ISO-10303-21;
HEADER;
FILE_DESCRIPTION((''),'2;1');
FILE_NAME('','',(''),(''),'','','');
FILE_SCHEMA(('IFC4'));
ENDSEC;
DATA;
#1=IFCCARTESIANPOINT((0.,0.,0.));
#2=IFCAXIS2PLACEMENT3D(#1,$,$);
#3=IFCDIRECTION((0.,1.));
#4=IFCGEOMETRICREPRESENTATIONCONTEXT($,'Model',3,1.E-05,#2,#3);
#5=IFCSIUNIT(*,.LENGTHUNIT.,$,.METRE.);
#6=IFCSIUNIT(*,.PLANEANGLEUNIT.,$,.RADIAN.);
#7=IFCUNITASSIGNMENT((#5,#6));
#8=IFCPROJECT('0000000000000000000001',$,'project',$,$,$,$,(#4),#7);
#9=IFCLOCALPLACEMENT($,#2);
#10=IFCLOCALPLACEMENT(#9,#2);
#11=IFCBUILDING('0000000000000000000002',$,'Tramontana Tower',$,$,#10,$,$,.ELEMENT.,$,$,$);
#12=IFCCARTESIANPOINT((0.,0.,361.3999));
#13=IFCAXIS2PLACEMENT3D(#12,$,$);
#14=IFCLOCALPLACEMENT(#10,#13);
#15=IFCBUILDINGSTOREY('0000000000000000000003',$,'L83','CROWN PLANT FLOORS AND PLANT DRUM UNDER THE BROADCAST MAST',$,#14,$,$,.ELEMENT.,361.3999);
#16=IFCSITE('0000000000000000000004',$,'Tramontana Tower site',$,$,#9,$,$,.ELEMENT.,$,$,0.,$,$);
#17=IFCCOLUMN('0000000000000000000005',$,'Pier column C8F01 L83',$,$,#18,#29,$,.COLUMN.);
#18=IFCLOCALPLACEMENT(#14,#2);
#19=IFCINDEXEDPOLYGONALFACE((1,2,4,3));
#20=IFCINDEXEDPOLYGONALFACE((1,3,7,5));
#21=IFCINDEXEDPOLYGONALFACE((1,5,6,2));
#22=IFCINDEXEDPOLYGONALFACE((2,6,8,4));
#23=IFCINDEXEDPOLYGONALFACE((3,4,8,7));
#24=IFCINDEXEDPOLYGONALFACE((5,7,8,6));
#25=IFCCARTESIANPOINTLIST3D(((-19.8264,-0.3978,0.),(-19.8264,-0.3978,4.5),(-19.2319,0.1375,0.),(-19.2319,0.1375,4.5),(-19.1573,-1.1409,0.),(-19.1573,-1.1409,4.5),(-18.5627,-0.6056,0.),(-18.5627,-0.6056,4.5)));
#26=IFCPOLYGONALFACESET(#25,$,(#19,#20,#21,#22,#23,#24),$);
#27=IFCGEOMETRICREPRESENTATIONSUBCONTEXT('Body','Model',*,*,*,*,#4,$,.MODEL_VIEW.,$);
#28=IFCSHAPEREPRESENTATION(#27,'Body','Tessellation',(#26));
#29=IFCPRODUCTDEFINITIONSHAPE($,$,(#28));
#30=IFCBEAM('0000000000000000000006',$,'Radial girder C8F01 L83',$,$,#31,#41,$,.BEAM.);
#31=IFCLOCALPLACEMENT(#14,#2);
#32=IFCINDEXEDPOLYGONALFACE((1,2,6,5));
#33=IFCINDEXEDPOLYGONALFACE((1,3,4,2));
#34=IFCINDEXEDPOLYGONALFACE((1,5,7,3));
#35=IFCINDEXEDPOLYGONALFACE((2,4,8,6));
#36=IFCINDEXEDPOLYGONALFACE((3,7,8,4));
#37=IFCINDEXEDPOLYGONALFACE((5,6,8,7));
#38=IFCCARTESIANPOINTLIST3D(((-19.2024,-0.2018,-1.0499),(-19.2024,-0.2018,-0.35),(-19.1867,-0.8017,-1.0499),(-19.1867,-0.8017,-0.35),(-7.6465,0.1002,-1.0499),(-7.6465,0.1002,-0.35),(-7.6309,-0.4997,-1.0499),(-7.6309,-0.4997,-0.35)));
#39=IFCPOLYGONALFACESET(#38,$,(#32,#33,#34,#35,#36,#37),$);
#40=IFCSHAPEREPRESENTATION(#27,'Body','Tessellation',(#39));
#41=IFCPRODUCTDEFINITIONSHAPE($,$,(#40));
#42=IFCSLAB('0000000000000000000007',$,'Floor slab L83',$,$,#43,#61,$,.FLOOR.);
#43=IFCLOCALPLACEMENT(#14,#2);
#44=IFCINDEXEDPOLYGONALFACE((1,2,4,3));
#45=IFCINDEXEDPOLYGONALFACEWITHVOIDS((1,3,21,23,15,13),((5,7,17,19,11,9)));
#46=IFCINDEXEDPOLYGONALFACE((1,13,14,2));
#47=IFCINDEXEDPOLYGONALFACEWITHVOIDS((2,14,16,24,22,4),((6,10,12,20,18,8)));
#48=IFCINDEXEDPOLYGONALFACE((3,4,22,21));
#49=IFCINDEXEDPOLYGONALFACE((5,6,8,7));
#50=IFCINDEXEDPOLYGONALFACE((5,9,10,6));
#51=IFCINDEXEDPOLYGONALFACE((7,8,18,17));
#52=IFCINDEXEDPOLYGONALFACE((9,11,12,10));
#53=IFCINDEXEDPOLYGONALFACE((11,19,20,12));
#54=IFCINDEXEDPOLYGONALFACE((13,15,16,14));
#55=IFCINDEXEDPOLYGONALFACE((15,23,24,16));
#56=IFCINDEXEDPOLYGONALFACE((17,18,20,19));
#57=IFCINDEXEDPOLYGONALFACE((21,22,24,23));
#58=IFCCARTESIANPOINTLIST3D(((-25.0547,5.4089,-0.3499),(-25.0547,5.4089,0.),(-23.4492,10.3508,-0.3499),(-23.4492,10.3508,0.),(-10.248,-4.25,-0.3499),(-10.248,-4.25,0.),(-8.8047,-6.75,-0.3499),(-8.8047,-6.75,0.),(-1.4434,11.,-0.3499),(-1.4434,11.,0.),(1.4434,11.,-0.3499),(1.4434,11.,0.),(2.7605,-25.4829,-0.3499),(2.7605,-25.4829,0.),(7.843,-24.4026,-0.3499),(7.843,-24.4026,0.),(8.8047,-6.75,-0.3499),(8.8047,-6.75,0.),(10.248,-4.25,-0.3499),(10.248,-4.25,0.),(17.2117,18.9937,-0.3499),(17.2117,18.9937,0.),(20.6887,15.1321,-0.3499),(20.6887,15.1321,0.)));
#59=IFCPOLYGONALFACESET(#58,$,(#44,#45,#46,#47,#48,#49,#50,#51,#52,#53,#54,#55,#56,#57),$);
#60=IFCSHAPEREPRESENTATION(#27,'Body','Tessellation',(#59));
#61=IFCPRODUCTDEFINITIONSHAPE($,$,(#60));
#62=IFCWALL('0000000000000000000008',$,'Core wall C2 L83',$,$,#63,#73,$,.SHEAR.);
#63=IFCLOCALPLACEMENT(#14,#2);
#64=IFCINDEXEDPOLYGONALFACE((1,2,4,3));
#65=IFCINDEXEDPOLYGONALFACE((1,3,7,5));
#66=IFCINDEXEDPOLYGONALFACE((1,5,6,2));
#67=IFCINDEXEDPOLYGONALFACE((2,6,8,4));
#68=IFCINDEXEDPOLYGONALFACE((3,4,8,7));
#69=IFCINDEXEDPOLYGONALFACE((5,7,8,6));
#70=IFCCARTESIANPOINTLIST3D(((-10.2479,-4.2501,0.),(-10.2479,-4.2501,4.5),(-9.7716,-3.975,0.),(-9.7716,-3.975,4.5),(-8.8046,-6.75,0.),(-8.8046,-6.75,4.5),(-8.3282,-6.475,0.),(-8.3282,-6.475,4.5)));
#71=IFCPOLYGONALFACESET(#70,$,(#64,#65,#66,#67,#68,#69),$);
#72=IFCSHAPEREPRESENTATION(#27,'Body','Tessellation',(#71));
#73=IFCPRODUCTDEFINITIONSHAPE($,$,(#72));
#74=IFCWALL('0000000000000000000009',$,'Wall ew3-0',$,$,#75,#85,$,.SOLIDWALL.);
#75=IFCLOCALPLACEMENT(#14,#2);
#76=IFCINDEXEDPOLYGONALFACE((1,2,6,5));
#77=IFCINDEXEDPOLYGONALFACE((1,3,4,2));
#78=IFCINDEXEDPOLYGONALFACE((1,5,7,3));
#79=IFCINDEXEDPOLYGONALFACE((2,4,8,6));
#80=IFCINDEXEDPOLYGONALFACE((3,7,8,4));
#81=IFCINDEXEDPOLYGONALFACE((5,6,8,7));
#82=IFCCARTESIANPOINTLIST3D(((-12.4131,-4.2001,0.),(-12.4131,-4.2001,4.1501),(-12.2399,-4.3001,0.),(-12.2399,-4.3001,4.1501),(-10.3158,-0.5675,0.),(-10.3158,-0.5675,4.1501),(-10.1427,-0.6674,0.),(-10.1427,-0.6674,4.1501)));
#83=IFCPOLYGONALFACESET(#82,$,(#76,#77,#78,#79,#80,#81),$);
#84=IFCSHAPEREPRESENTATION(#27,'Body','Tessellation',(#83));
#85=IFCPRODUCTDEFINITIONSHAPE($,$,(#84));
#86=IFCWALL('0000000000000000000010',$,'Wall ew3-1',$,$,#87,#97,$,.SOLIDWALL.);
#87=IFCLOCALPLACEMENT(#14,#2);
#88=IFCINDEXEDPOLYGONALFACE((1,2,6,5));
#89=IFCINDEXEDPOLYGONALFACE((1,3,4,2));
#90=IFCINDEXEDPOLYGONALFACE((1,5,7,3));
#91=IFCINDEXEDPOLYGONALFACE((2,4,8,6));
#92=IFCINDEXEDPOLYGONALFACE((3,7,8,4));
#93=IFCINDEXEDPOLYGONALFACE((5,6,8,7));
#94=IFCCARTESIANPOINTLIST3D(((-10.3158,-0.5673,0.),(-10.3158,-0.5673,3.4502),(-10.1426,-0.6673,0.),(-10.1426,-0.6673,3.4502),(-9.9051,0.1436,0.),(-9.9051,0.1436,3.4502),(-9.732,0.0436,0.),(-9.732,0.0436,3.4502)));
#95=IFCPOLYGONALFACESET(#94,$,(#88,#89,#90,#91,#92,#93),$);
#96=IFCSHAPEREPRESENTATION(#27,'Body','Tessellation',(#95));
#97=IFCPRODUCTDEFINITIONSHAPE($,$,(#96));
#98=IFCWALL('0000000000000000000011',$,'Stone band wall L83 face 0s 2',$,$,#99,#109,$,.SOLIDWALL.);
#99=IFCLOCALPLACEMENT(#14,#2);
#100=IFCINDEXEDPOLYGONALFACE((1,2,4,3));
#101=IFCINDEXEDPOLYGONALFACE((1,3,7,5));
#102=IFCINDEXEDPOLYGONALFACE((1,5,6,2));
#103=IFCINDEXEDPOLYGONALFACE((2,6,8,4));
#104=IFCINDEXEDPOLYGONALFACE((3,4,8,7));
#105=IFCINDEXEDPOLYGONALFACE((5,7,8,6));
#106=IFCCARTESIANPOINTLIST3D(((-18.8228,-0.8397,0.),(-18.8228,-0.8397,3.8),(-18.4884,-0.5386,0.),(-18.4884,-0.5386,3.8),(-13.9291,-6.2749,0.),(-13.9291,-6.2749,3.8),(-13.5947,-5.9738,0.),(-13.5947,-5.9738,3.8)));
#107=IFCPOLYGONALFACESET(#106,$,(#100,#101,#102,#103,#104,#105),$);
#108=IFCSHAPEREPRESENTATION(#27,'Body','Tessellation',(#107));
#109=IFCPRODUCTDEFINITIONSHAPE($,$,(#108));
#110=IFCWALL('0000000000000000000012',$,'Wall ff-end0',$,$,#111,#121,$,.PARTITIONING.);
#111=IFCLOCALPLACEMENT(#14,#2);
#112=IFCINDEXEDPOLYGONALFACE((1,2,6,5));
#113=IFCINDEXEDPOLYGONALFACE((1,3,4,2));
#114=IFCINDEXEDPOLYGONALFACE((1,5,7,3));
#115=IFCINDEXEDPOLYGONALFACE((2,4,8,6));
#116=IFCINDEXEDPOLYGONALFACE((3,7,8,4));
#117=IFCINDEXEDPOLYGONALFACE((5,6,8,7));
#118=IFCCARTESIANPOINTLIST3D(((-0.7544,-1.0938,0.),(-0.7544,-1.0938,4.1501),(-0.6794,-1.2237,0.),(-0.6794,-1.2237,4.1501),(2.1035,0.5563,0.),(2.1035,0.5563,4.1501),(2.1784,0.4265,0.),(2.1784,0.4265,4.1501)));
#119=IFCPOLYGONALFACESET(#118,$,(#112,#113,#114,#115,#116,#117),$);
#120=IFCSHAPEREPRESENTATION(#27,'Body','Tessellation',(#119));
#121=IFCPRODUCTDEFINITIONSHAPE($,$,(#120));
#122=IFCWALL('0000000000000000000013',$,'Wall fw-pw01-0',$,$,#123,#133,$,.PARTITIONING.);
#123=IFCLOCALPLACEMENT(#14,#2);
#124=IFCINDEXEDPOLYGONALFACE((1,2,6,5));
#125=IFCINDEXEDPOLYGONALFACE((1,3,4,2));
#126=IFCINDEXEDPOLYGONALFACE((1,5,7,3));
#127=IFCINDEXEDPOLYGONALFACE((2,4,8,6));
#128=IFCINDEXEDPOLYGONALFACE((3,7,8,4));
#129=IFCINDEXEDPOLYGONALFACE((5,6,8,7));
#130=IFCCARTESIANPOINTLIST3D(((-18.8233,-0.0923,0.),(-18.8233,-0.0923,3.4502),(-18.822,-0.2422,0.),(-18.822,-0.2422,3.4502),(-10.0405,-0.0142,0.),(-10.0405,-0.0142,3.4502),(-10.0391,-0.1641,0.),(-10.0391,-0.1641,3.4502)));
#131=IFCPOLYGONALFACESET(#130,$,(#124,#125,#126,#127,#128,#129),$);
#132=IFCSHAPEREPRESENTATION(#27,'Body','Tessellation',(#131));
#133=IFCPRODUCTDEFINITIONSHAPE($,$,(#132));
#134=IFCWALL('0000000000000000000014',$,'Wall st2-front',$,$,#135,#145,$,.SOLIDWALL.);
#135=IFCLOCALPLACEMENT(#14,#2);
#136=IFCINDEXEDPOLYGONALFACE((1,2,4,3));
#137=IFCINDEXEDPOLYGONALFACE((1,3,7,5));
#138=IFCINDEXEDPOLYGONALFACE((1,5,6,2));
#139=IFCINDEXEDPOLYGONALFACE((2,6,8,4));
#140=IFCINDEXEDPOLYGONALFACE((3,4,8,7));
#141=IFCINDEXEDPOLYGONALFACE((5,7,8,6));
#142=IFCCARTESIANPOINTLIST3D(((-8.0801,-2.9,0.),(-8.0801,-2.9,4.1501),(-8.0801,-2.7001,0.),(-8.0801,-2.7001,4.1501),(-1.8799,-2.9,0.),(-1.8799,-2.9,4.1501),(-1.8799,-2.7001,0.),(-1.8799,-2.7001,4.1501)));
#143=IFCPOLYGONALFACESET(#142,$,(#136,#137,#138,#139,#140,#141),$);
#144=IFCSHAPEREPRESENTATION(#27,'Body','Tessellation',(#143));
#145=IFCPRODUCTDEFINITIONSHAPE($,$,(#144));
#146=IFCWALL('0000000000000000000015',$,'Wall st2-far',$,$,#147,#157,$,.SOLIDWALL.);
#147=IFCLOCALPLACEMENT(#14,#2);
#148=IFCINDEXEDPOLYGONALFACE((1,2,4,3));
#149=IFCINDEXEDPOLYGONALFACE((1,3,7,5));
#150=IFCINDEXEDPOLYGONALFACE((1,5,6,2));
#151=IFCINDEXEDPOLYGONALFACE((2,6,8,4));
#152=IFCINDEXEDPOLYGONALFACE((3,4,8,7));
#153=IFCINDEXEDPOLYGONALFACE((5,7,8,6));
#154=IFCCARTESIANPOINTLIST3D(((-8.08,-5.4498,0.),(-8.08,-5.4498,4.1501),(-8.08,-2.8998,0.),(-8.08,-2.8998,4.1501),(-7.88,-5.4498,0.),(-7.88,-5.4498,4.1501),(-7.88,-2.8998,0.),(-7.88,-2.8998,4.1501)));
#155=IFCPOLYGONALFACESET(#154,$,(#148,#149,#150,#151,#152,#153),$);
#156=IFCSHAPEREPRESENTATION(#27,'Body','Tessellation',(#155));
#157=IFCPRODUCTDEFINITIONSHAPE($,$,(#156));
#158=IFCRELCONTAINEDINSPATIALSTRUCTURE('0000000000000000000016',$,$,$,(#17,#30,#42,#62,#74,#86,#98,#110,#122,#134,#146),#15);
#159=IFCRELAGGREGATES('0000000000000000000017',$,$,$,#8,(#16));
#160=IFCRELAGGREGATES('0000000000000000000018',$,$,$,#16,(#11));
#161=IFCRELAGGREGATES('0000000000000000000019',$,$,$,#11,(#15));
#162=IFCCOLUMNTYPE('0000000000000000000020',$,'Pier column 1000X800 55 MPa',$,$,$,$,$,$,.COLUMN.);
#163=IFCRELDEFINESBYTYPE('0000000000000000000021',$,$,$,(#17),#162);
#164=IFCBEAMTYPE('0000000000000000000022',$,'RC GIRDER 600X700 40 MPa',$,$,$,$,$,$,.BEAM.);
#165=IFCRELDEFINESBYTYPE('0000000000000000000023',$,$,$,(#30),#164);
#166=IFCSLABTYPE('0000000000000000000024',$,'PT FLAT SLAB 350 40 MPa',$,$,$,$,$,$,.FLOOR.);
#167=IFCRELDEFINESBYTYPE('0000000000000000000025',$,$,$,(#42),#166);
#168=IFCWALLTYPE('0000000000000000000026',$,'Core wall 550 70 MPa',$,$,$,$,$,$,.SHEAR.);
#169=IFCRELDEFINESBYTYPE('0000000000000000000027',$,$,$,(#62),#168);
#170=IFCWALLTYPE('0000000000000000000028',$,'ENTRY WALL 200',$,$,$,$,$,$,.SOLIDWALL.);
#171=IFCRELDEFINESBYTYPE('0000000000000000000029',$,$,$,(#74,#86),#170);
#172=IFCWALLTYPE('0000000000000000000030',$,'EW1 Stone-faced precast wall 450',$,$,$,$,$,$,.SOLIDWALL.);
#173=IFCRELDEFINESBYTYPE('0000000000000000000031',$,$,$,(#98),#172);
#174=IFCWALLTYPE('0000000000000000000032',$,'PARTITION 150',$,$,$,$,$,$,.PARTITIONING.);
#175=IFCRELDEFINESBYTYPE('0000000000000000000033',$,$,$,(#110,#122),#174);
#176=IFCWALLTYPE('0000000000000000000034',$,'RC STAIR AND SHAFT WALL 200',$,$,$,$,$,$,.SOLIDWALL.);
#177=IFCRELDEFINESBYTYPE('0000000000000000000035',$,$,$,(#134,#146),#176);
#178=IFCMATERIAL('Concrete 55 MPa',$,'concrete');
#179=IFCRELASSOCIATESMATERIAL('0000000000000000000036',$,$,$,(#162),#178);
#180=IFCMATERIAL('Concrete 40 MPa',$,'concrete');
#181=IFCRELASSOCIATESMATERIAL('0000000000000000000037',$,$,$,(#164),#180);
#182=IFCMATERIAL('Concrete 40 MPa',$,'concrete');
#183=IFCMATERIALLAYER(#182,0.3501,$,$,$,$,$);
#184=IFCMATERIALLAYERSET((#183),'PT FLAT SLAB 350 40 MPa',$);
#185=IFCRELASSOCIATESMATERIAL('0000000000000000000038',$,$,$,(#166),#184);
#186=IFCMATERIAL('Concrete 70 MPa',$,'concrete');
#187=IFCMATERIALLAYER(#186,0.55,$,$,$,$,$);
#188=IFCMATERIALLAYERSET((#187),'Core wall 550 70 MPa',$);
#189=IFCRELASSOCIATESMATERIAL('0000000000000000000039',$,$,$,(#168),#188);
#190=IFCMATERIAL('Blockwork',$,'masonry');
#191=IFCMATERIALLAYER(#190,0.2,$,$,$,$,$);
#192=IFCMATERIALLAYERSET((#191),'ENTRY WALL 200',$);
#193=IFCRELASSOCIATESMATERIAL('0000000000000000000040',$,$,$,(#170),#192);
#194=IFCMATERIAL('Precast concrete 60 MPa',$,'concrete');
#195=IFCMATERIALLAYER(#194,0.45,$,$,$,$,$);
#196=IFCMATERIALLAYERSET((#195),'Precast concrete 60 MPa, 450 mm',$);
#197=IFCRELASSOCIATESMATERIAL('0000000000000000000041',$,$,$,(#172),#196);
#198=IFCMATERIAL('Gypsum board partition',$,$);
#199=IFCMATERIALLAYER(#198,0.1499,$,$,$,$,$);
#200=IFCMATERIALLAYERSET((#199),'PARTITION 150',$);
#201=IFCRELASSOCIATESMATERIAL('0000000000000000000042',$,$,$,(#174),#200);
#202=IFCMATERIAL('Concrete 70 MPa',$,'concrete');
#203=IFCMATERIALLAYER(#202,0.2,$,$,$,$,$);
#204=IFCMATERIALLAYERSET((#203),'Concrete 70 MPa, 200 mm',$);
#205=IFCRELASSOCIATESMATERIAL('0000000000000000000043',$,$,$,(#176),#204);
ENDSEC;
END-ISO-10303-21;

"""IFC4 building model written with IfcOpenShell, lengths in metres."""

from ifc_helpers import new_model, si_unit, direction, frame, frame_2d, origin, origin_2d, place, context, subcontext, project, spatial, polyline, rectangle, outline, extrude, material, layer, layer_set, material_profile, profile_set, type_object, element, save


model = new_model("IFC4")

# Units and contexts
model_context = context("Model", 3, precision=1e-05, world=origin(), true_north=direction((0.0, 1.0)))
body_context = subcontext(model_context, "Body", "Model", "MODEL_VIEW")
ifc_project = project(units=[si_unit("LENGTHUNIT", "METRE"), si_unit("PLANEANGLEUNIT", "RADIAN")], contexts=[model_context])

# Site, building, storey
site_placement = place(None, origin())
site = spatial("IfcSite", under=ifc_project, at=site_placement, Name="Tramontana Tower site", CompositionType="ELEMENT", RefElevation=0.0)
building_placement = place(site_placement, origin())
building = spatial("IfcBuilding", under=site, at=building_placement, Name="Tramontana Tower", CompositionType="ELEMENT")
storey_placement = place(building_placement, frame((0.0, 0.0, 361.3999)))
storey = spatial("IfcBuildingStorey", under=building, at=storey_placement, Name="L83", Description="CROWN PLANT FLOORS AND PLANT DRUM UNDER THE BROADCAST MAST", CompositionType="ELEMENT", Elevation=361.3999)

# Column
ifc_material_1 = material(Name="Concrete 55 MPa", Category="concrete")
ifc_material_profile_1 = material_profile(ifc_material_1, rectangle(XDim=1.0, YDim=0.8, at=origin_2d()), Name="Pier column 1000X800 55 MPa")
ifc_profile_set_1 = profile_set([ifc_material_profile_1], Name="Concrete 55 MPa")
column_type = type_object("IfcColumnType", Name="Pier column 1000X800 55 MPa", PredefinedType="COLUMN", material=ifc_profile_set_1)
column_placement = place(storey_placement, frame((-19.1946, -0.5017, 0.0), z_axis=(0.0, 0.0, 1.0), x_axis=(0.669131, -0.743145, 0.0)))
element("IfcColumn", 1, at=column_placement, inside=storey, type_object=column_type, Name="Pier column C8F01 L83", PredefinedType="COLUMN", context=body_context, shape_type="SweptSolid", body=[
    extrude(rectangle(XDim=1.0, YDim=0.8, at=origin_2d()), origin(), (0.0, 0.0, 1.0), 4.5),
])

# Beam
ifc_material_2 = material(Name="Concrete 40 MPa", Category="concrete")
ifc_material_profile_2 = material_profile(ifc_material_2, rectangle(XDim=0.6001, YDim=0.7, at=origin_2d()), Name="RC GIRDER 600X700 40 MPa")
ifc_profile_set_2 = profile_set([ifc_material_profile_2], Name="Concrete 40 MPa")
beam_type = type_object("IfcBeamType", Name="RC GIRDER 600X700 40 MPa", PredefinedType="BEAM", material=ifc_profile_set_2)
beam_placement = place(storey_placement, frame((-19.1946, -0.5017, -0.7), z_axis=(0.999659, 0.026125, 0.0), x_axis=(-0.026125, 0.999659, 0.0)))
element("IfcBeam", 2, at=beam_placement, inside=storey, type_object=beam_type, Name="Radial girder C8F01 L83", PredefinedType="BEAM", context=body_context, shape_type="SweptSolid", body=[
    extrude(rectangle(XDim=0.6001, YDim=0.7, at=origin_2d()), origin(), (0.0, 0.0, 1.0), 11.5598),
])

# Slab
ifc_material_3 = material(Name="Concrete 40 MPa", Category="concrete")
ifc_layer_1 = layer(ifc_material_3, 0.3501)
ifc_layer_set_1 = layer_set([ifc_layer_1], Name="PT FLAT SLAB 350 40 MPa")
slab_type = type_object("IfcSlabType", Name="PT FLAT SLAB 350 40 MPa", PredefinedType="FLOOR", material=ifc_layer_set_1)
slab_placement = place(storey_placement, frame((0.0, 0.0, -0.3499)))
element("IfcSlab", 3, at=slab_placement, inside=storey, type_object=slab_type, Name="Floor slab L83", PredefinedType="FLOOR", context=body_context, shape_type="SweptSolid", body=[
    extrude(outline(polyline([(20.6887, 15.1321), (7.843, -24.4026), (2.7605, -25.4829), (-25.0547, 5.4089), (-23.4492, 10.3508), (17.2117, 18.9937), (20.6887, 15.1321)]), holes=[polyline([(-10.248, -4.25), (-8.8047, -6.75), (8.8047, -6.75), (10.248, -4.25), (1.4434, 11.0), (-1.4434, 11.0), (-10.248, -4.25)])]), origin(), (0.0, 0.0, 1.0), 0.3499),
])

# Walls
ifc_material_4 = material(Name="Concrete 70 MPa", Category="concrete")
ifc_layer_2 = layer(ifc_material_4, 0.55)
ifc_layer_set_2 = layer_set([ifc_layer_2], Name="Core wall 550 70 MPa")
wall_type_1 = type_object("IfcWallType", Name="Core wall 550 70 MPa", PredefinedType="SHEAR", material=ifc_layer_set_2)
wall_1_placement = place(storey_placement, frame((-10.0098, -4.1125, 0.0), z_axis=(0.0, 0.0, 1.0), x_axis=(0.499996, -0.866028, 0.0)))
element("IfcWall", 4, at=wall_1_placement, inside=storey, type_object=wall_type_1, Name="Core wall C2 L83", PredefinedType="SHEAR", context=body_context, shape_type="SweptSolid", body=[
    extrude(rectangle(XDim=2.8867, YDim=0.55, at=frame_2d((1.4434, 0.0))), origin(), (0.0, 0.0, 1.0), 4.5),
])
ifc_material_5 = material(Name="Blockwork", Category="masonry")
ifc_layer_3 = layer(ifc_material_5, 0.2)
ifc_layer_set_3 = layer_set([ifc_layer_3], Name="ENTRY WALL 200")
wall_type_2 = type_object("IfcWallType", Name="ENTRY WALL 200", PredefinedType="SOLIDWALL", material=ifc_layer_set_3)
wall_2_placement = place(storey_placement, frame((-12.3264, -4.25, 0.0), z_axis=(0.0, 0.0, 1.0), x_axis=(0.499983, 0.866035, 0.0)))
element("IfcWall", 5, at=wall_2_placement, inside=storey, type_object=wall_type_2, Name="Wall ew3-0", PredefinedType="SOLIDWALL", context=body_context, shape_type="SweptSolid", body=[
    extrude(rectangle(XDim=4.1946, YDim=0.2, at=frame_2d((2.0972, 0.0))), origin(), (0.0, 0.0, 1.0), 4.1501),
])
wall_3_placement = place(storey_placement, frame((-10.2292, -0.6174, 0.0), z_axis=(0.0, 0.0, 1.0), x_axis=(0.500169, 0.865928, 0.0)))
element("IfcWall", 6, at=wall_3_placement, inside=storey, type_object=wall_type_2, Name="Wall ew3-1", PredefinedType="SOLIDWALL", context=body_context, shape_type="SweptSolid", body=[
    extrude(rectangle(XDim=0.821, YDim=0.2, at=frame_2d((0.4106, 0.0))), origin(), (0.0, 0.0, 1.0), 3.4502),
])
ifc_material_6 = material(Name="Precast concrete 60 MPa", Category="concrete")
ifc_layer_4 = layer(ifc_material_6, 0.45)
ifc_layer_set_4 = layer_set([ifc_layer_4], Name="Precast concrete 60 MPa, 450 mm")
wall_type_3 = type_object("IfcWallType", Name="EW1 Stone-faced precast wall 450", PredefinedType="SOLIDWALL", material=ifc_layer_set_4)
wall_4_placement = place(storey_placement, frame((-18.6555, -0.6892, 0.0), z_axis=(0.0, 0.0, 1.0), x_axis=(0.669118, -0.743156, 0.0)))
element("IfcWall", 7, at=wall_4_placement, inside=storey, type_object=wall_type_3, Name="Stone band wall L83 face 0s 2", PredefinedType="SOLIDWALL", context=body_context, shape_type="SweptSolid", body=[
    extrude(rectangle(XDim=7.3137, YDim=0.45, at=frame_2d((3.6567, 0.0))), origin(), (0.0, 0.0, 1.0), 3.8),
])

# Shared definitions
ifc_material_7 = material(Name="Gypsum board partition")
ifc_layer_5 = layer(ifc_material_7, 0.1499)
ifc_layer_set_5 = layer_set([ifc_layer_5], Name="PARTITION 150")
wall_type_4 = type_object("IfcWallType", Name="PARTITION 150", PredefinedType="PARTITIONING", material=ifc_layer_set_5)

# Walls
wall_5_placement = place(storey_placement, frame((-0.7168, -1.1587, 0.0), z_axis=(0.0, 0.0, 1.0), x_axis=(0.866008, 0.50003, 0.0)))
element("IfcWall", 8, at=wall_5_placement, inside=storey, type_object=wall_type_4, Name="Wall ff-end0", PredefinedType="PARTITIONING", context=body_context, shape_type="SweptSolid", body=[
    extrude(rectangle(XDim=3.3, YDim=0.1499, at=frame_2d((1.6499, 0.0))), origin(), (0.0, 0.0, 1.0), 4.1501),
])
wall_6_placement = place(storey_placement, frame((-10.0398, -0.0891, 0.0), z_axis=(0.0, 0.0, 1.0), x_axis=(-0.99996, -0.008895, 0.0)))
element("IfcWall", 9, at=wall_6_placement, inside=storey, type_object=wall_type_4, Name="Wall fw-pw01-0", PredefinedType="PARTITIONING", context=body_context, shape_type="SweptSolid", body=[
    extrude(rectangle(XDim=8.7832, YDim=0.1499, at=frame_2d((4.3916, 0.0))), origin(), (0.0, 0.0, 1.0), 3.4502),
])
ifc_material_8 = material(Name="Concrete 70 MPa", Category="concrete")
ifc_layer_6 = layer(ifc_material_8, 0.2)
ifc_layer_set_6 = layer_set([ifc_layer_6], Name="Concrete 70 MPa, 200 mm")
wall_type_5 = type_object("IfcWallType", Name="RC STAIR AND SHAFT WALL 200", PredefinedType="SOLIDWALL", material=ifc_layer_set_6)
wall_7_placement = place(storey_placement, frame((-8.0801, -2.8, 0.0), z_axis=(0.0, 0.0, 1.0), x_axis=(1.0, 0.0, 0.0)))
element("IfcWall", 10, at=wall_7_placement, inside=storey, type_object=wall_type_5, Name="Wall st2-front", PredefinedType="SOLIDWALL", context=body_context, shape_type="SweptSolid", body=[
    extrude(rectangle(XDim=6.2002, YDim=0.2, at=frame_2d((3.1001, 0.0))), origin(), (0.0, 0.0, 1.0), 4.1501),
])
wall_8_placement = place(storey_placement, frame((-7.98, -2.8999, 0.0), z_axis=(0.0, 0.0, 1.0), x_axis=(0.0, -1.0, 0.0)))
element("IfcWall", 11, at=wall_8_placement, inside=storey, type_object=wall_type_5, Name="Wall st2-far", PredefinedType="SOLIDWALL", context=body_context, shape_type="SweptSolid", body=[
    extrude(rectangle(XDim=2.55, YDim=0.2, at=frame_2d((1.2749, 0.0))), origin(), (0.0, 0.0, 1.0), 4.1501),
])

save(model, "model.ifc")
